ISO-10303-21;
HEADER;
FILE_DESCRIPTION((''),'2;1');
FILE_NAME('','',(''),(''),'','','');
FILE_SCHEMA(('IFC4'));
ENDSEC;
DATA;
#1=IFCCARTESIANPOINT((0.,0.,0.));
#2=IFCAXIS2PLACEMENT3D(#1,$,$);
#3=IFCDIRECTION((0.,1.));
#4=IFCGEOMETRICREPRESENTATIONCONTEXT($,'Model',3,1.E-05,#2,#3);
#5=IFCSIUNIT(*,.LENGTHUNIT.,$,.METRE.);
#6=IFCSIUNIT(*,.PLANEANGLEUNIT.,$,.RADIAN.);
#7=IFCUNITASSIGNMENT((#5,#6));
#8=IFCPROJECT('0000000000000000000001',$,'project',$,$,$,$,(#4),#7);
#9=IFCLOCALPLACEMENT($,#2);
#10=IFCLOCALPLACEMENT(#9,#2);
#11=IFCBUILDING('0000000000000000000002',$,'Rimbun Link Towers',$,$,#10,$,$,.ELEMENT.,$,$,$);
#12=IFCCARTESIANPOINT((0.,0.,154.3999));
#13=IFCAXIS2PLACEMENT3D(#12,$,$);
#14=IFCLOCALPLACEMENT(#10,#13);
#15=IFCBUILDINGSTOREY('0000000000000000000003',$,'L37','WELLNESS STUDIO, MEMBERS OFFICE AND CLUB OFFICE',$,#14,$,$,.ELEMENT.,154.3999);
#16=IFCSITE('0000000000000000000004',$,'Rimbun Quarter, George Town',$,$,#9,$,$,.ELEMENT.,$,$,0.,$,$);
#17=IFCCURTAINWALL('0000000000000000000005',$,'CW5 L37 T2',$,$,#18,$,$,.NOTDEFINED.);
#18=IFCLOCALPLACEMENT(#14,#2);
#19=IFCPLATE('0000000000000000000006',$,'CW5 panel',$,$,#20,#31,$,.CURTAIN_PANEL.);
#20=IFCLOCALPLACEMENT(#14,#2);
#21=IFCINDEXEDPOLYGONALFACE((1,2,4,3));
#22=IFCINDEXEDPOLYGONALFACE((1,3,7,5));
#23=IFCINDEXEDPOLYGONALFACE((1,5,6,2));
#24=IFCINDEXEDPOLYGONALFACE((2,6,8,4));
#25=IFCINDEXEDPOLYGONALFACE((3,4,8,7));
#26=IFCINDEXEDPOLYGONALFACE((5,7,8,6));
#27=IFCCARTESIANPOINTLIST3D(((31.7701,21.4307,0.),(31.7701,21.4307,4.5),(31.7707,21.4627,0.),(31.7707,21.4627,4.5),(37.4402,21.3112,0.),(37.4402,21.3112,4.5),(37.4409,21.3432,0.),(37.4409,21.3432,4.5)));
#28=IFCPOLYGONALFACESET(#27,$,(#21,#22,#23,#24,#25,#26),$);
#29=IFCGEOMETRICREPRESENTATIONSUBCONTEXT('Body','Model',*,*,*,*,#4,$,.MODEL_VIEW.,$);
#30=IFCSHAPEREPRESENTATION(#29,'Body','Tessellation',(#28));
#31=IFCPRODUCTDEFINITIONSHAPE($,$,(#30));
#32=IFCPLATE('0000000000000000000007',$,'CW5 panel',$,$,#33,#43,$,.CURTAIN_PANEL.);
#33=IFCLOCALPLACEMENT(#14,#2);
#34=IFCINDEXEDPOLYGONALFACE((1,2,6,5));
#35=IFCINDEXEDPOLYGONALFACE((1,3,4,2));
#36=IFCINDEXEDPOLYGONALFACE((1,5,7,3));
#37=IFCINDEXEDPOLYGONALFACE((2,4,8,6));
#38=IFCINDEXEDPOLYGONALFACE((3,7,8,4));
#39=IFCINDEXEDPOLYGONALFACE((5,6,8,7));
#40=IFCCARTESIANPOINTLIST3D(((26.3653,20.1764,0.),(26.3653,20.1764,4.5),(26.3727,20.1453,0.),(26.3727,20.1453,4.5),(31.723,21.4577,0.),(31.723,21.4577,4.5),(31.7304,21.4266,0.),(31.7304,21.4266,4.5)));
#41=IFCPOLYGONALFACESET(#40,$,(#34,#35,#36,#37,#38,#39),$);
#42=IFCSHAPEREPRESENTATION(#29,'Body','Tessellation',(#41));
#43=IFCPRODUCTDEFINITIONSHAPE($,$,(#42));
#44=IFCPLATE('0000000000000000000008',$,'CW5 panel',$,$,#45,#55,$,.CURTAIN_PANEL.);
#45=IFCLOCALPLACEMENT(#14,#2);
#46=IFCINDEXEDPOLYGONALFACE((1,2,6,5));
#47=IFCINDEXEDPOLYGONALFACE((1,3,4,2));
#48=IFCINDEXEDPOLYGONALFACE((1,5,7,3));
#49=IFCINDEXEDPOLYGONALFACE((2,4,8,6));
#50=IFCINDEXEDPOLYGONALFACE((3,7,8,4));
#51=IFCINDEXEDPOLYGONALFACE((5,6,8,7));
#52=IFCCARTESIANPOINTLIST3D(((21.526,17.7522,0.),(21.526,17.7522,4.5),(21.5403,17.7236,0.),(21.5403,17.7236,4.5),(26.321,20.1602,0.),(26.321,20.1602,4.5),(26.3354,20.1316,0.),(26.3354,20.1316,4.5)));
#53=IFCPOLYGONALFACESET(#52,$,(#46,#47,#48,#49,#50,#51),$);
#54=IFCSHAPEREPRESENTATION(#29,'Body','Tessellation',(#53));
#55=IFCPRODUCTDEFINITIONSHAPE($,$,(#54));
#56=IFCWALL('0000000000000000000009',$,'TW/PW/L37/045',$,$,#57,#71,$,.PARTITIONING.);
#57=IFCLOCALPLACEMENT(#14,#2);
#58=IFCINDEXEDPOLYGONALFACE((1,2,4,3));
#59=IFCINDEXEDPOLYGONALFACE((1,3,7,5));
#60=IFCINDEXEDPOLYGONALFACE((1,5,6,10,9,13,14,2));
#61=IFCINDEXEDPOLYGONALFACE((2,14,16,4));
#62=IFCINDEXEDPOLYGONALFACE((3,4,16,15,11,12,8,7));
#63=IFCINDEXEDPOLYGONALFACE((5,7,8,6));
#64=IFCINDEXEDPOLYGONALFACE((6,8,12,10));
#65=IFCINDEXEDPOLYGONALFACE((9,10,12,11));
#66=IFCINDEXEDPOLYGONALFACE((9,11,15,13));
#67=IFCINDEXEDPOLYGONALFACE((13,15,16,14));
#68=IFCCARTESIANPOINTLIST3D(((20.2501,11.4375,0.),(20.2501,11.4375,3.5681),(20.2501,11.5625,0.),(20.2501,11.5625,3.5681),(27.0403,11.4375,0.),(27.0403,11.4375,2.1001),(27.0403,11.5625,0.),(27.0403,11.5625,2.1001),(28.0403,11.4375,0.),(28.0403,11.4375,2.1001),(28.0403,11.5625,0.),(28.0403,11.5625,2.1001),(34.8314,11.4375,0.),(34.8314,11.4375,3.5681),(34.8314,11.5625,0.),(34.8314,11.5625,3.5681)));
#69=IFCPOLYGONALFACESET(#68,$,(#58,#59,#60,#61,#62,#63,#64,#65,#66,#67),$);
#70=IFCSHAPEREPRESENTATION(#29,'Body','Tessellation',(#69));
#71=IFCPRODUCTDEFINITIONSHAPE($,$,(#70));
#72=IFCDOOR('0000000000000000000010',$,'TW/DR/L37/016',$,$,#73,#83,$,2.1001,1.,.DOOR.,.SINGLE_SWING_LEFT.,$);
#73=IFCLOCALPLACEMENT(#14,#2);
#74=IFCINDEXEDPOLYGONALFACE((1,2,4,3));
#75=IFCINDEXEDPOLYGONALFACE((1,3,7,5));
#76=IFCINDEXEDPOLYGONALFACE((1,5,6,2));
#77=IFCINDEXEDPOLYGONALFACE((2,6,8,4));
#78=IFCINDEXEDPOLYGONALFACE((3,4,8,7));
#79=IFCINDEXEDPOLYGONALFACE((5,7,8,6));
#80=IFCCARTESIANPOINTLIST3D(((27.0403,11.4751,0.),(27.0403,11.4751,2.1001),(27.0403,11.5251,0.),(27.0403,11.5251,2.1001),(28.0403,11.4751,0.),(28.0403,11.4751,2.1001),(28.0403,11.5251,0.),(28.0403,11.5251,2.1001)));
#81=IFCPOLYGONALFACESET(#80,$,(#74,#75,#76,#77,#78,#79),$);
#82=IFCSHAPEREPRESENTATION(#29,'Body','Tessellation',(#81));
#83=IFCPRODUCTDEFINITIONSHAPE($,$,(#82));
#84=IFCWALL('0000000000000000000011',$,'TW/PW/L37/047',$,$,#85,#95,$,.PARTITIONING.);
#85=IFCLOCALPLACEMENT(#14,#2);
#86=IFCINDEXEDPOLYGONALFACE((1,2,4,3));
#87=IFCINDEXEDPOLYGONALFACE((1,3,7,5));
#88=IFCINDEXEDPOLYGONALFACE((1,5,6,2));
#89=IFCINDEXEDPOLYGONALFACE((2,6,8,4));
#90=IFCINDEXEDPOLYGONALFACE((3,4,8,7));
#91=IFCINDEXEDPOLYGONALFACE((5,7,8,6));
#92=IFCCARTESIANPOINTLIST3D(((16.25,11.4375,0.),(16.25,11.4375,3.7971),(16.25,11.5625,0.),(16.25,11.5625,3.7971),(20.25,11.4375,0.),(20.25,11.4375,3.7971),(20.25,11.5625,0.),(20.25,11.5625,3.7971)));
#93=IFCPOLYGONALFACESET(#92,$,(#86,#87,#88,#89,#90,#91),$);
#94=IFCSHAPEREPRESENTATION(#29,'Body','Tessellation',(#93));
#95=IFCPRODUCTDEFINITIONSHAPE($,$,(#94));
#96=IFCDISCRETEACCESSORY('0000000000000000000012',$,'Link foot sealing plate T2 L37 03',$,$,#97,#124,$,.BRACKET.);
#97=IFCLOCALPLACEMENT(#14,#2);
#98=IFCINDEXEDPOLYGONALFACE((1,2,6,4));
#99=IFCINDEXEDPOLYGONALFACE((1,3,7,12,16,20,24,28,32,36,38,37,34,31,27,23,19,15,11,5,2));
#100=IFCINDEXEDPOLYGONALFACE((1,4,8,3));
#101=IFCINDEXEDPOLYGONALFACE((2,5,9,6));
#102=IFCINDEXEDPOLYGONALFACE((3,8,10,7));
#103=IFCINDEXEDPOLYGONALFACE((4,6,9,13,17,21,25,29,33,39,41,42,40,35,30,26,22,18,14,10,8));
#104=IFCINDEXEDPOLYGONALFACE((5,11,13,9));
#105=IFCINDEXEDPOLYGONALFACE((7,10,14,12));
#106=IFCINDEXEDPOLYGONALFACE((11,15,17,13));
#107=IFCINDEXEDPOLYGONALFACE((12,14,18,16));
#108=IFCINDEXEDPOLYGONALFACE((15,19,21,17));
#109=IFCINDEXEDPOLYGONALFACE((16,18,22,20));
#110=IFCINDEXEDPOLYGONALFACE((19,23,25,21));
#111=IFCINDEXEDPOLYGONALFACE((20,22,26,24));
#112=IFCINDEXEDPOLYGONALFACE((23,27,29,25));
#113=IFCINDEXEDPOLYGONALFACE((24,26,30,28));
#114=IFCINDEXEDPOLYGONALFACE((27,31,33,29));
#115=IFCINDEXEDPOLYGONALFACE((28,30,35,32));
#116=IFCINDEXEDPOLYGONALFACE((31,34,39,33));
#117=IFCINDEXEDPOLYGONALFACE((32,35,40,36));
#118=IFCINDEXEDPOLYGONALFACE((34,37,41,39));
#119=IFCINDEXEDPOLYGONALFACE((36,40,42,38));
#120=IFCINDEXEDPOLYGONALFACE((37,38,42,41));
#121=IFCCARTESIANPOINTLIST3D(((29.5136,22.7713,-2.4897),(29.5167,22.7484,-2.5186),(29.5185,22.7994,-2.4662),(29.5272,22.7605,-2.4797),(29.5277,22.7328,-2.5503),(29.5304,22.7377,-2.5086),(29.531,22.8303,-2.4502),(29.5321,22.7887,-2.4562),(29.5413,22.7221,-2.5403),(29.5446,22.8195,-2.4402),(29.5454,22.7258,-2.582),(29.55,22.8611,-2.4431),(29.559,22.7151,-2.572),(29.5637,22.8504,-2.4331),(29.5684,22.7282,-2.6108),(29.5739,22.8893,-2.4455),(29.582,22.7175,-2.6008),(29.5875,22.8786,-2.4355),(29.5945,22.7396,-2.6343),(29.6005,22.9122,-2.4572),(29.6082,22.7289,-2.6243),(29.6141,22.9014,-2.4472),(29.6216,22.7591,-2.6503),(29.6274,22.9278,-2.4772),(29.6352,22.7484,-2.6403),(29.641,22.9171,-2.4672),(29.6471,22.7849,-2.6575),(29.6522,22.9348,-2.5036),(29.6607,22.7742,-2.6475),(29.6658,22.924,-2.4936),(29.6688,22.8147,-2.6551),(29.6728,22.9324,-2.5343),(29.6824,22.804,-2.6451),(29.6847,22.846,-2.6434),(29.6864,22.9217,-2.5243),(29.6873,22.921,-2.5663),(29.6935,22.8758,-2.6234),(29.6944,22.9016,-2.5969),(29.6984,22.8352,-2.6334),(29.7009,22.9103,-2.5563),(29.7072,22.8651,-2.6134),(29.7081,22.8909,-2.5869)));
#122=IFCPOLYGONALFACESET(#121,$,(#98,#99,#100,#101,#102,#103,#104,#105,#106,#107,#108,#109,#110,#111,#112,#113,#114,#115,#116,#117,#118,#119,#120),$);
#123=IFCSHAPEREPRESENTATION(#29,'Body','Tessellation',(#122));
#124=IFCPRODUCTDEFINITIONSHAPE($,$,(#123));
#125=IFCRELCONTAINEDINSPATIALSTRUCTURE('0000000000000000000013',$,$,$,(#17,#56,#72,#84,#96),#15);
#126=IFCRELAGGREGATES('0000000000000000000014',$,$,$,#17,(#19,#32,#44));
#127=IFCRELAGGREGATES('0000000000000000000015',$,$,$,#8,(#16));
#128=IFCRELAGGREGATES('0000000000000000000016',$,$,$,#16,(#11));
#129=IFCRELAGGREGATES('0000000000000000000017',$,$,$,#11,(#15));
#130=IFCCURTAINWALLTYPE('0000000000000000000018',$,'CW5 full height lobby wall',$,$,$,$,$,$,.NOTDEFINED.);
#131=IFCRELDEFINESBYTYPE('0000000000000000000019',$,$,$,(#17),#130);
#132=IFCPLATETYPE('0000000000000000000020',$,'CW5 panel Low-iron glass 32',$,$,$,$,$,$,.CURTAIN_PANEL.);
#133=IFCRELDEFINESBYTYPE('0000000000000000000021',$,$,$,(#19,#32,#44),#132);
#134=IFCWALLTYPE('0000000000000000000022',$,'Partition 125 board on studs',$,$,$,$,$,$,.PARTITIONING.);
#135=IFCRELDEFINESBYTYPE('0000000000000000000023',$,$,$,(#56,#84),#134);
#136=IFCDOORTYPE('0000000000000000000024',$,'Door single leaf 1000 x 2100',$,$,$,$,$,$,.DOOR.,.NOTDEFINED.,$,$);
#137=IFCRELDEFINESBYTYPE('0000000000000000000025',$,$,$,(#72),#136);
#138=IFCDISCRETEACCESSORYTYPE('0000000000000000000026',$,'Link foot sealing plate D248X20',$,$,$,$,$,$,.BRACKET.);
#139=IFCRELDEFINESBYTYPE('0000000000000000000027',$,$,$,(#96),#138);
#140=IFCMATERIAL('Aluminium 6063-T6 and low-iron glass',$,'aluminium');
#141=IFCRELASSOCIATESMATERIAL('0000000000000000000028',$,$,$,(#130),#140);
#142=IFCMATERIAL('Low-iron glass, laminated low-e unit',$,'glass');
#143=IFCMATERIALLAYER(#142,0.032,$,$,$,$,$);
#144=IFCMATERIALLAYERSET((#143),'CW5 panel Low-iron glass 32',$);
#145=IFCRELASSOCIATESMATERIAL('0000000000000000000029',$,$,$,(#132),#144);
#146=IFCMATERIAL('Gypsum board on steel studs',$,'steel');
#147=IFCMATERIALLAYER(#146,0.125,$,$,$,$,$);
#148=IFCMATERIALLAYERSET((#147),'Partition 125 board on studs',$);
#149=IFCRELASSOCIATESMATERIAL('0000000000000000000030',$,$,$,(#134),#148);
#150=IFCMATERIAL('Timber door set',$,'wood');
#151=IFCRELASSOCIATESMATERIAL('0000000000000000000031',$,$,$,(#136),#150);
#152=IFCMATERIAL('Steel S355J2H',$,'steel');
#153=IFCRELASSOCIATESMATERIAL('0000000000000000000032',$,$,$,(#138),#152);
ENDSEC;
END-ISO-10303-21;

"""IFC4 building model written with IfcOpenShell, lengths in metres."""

from ifc_helpers import new_model, si_unit, direction, frame, frame_2d, origin, origin_2d, place, context, subcontext, project, spatial, rectangle, circle, extrude, material, layer, layer_set, material_profile, profile_set, type_object, element, fill, aggregate, save


model = new_model("IFC4")

# Units and contexts
model_context = context("Model", 3, precision=1e-05, world=origin(), true_north=direction((0.0, 1.0)))
body_context = subcontext(model_context, "Body", "Model", "MODEL_VIEW")
ifc_project = project(units=[si_unit("LENGTHUNIT", "METRE"), si_unit("PLANEANGLEUNIT", "RADIAN")], contexts=[model_context])

# Site, building, storey
site_placement = place(None, origin())
site = spatial("IfcSite", under=ifc_project, at=site_placement, Name="Rimbun Quarter, George Town", CompositionType="ELEMENT", RefElevation=0.0)
building_placement = place(site_placement, origin())
building = spatial("IfcBuilding", under=site, at=building_placement, Name="Rimbun Link Towers", CompositionType="ELEMENT")
storey_placement = place(building_placement, frame((0.0, 0.0, 154.3999)))
storey = spatial("IfcBuildingStorey", under=building, at=storey_placement, Name="L37", Description="WELLNESS STUDIO, MEMBERS OFFICE AND CLUB OFFICE", CompositionType="ELEMENT", Elevation=154.3999)

# Curtain wall
ifc_material_1 = material(Name="Aluminium 6063-T6 and low-iron glass", Category="aluminium")
curtain_wall_type = type_object("IfcCurtainWallType", Name="CW5 full height lobby wall", PredefinedType="NOTDEFINED", material=ifc_material_1)
curtain_wall_placement = place(storey_placement, origin())
curtain_wall = element("IfcCurtainWall", 1, at=curtain_wall_placement, inside=storey, type_object=curtain_wall_type, Name="CW5 L37 T2", PredefinedType="NOTDEFINED")

# Plates
ifc_material_2 = material(Name="Low-iron glass, laminated low-e unit", Category="glass")
ifc_layer_1 = layer(ifc_material_2, 0.032)
ifc_layer_set_1 = layer_set([ifc_layer_1], Name="CW5 panel Low-iron glass 32")
plate_type = type_object("IfcPlateType", Name="CW5 panel Low-iron glass 32", PredefinedType="CURTAIN_PANEL", material=ifc_layer_set_1)
plate_1_placement = place(storey_placement, frame((34.6055, 21.387, 0.0), z_axis=(0.0, 0.0, 1.0), x_axis=(0.999778, -0.021063, 0.0)))
plate_1 = element("IfcPlate", 2, at=plate_1_placement, type_object=plate_type, Name="CW5 panel", PredefinedType="CURTAIN_PANEL", context=body_context, shape_type="SweptSolid", body=[
    extrude(rectangle(XDim=5.6714, YDim=0.032, at=origin_2d()), origin(), (0.0, 0.0, 1.0), 4.5),
])
plate_2_placement = place(storey_placement, frame((29.0479, 20.8015, 0.0), z_axis=(0.0, 0.0, 1.0), x_axis=(0.972575, 0.232588, 0.0)))
plate_2 = element("IfcPlate", 3, at=plate_2_placement, type_object=plate_type, Name="CW5 panel", PredefinedType="CURTAIN_PANEL", context=body_context, shape_type="SweptSolid", body=[
    extrude(rectangle(XDim=5.5088, YDim=0.032, at=origin_2d()), origin(), (0.0, 0.0, 1.0), 4.5),
])
plate_3_placement = place(storey_placement, frame((23.9307, 18.9419, 0.0), z_axis=(0.0, 0.0, 1.0), x_axis=(0.893641, 0.448782, 0.0)))
plate_3 = element("IfcPlate", 4, at=plate_3_placement, type_object=plate_type, Name="CW5 panel", PredefinedType="CURTAIN_PANEL", context=body_context, shape_type="SweptSolid", body=[
    extrude(rectangle(XDim=5.3657, YDim=0.032, at=origin_2d()), origin(), (0.0, 0.0, 1.0), 4.5),
])
aggregate(curtain_wall, [plate_1, plate_2, plate_3])

# Wall, opening, door
ifc_material_3 = material(Name="Gypsum board on steel studs", Category="steel")
ifc_layer_2 = layer(ifc_material_3, 0.125)
ifc_layer_set_2 = layer_set([ifc_layer_2], Name="Partition 125 board on studs")
wall_type = type_object("IfcWallType", Name="Partition 125 board on studs", PredefinedType="PARTITIONING", material=ifc_layer_set_2)
wall_1_placement = place(storey_placement, frame((34.8313, 11.5, 0.0), z_axis=(0.0, 0.0, 1.0), x_axis=(-1.0, 0.0, 0.0)))
wall_1 = element("IfcWall", 5, at=wall_1_placement, inside=storey, type_object=wall_type, Name="TW/PW/L37/045", PredefinedType="PARTITIONING", context=body_context, shape_type="SweptSolid", body=[
    extrude(rectangle(XDim=14.5813, YDim=0.125, at=frame_2d((7.2905, 0.0))), origin(), (0.0, 0.0, 1.0), 3.5681),
])
opening_placement = place(wall_1_placement, frame((6.791, 0.0, 0.0)))
opening = element("IfcOpeningElement", 6, at=opening_placement, cuts=wall_1, PredefinedType="OPENING", context=body_context, shape_type="SweptSolid", body=[
    extrude(rectangle(XDim=1.0, YDim=2.1001, at=frame_2d((0.5, 1.05))), frame((0.0, 0.0725, 0.0), z_axis=(0.0, -1.0, 0.0), x_axis=(1.0, 0.0, 0.0)), (0.0, 0.0, 1.0), 0.145),
])
ifc_material_4 = material(Name="Timber door set", Category="wood")
door_type = type_object("IfcDoorType", Name="Door single leaf 1000 x 2100", OperationType="NOTDEFINED", PredefinedType="DOOR", material=ifc_material_4)
door_placement = place(opening_placement, origin())
door = element("IfcDoor", 7, at=door_placement, inside=storey, type_object=door_type, Name="TW/DR/L37/016", OperationType="SINGLE_SWING_LEFT", OverallHeight=2.1001, OverallWidth=1.0, PredefinedType="DOOR", context=body_context, shape_type="SweptSolid", body=[
    extrude(rectangle(XDim=1.0, YDim=2.1001, at=frame_2d((0.5, 1.05))), frame((0.0, 0.0249, 0.0), z_axis=(0.0, -1.0, 0.0), x_axis=(1.0, 0.0, 0.0)), (0.0, 0.0, 1.0), 0.05),
])
fill(opening, door)

# Wall
wall_2_placement = place(storey_placement, frame((20.25, 11.5, 0.0), z_axis=(0.0, 0.0, 1.0), x_axis=(-1.0, 0.0, 0.0)))
element("IfcWall", 8, at=wall_2_placement, inside=storey, type_object=wall_type, Name="TW/PW/L37/047", PredefinedType="PARTITIONING", context=body_context, shape_type="SweptSolid", body=[
    extrude(rectangle(XDim=4.0, YDim=0.125, at=frame_2d((2.0, 0.0))), origin(), (0.0, 0.0, 1.0), 3.7971),
])

# Discrete accessory
ifc_material_5 = material(Name="Steel S355J2H", Category="steel")
ifc_material_profile_1 = material_profile(ifc_material_5, circle(Radius=0.124, at=origin_2d()), Name="PL D248")
ifc_profile_set_1 = profile_set([ifc_material_profile_1], Name="Steel S355J2H")
discrete_accessory_type = type_object("IfcDiscreteAccessoryType", Name="Link foot sealing plate D248X20", PredefinedType="BRACKET", material=ifc_profile_set_1)
discrete_accessory_placement = place(storey_placement, frame((29.6179, 22.8196, -2.5403), z_axis=(-0.681459, 0.535432, -0.498925), x_axis=(-0.617822, -0.786318, 0.0)))
element("IfcDiscreteAccessory", 9, at=discrete_accessory_placement, inside=storey, type_object=discrete_accessory_type, Name="Link foot sealing plate T2 L37 03", PredefinedType="BRACKET", context=body_context, shape_type="SweptSolid", body=[
    extrude(circle(Radius=0.124, at=origin_2d()), origin(), (0.0, 0.0, 1.0), 0.02),
])

save(model, "model.ifc")
